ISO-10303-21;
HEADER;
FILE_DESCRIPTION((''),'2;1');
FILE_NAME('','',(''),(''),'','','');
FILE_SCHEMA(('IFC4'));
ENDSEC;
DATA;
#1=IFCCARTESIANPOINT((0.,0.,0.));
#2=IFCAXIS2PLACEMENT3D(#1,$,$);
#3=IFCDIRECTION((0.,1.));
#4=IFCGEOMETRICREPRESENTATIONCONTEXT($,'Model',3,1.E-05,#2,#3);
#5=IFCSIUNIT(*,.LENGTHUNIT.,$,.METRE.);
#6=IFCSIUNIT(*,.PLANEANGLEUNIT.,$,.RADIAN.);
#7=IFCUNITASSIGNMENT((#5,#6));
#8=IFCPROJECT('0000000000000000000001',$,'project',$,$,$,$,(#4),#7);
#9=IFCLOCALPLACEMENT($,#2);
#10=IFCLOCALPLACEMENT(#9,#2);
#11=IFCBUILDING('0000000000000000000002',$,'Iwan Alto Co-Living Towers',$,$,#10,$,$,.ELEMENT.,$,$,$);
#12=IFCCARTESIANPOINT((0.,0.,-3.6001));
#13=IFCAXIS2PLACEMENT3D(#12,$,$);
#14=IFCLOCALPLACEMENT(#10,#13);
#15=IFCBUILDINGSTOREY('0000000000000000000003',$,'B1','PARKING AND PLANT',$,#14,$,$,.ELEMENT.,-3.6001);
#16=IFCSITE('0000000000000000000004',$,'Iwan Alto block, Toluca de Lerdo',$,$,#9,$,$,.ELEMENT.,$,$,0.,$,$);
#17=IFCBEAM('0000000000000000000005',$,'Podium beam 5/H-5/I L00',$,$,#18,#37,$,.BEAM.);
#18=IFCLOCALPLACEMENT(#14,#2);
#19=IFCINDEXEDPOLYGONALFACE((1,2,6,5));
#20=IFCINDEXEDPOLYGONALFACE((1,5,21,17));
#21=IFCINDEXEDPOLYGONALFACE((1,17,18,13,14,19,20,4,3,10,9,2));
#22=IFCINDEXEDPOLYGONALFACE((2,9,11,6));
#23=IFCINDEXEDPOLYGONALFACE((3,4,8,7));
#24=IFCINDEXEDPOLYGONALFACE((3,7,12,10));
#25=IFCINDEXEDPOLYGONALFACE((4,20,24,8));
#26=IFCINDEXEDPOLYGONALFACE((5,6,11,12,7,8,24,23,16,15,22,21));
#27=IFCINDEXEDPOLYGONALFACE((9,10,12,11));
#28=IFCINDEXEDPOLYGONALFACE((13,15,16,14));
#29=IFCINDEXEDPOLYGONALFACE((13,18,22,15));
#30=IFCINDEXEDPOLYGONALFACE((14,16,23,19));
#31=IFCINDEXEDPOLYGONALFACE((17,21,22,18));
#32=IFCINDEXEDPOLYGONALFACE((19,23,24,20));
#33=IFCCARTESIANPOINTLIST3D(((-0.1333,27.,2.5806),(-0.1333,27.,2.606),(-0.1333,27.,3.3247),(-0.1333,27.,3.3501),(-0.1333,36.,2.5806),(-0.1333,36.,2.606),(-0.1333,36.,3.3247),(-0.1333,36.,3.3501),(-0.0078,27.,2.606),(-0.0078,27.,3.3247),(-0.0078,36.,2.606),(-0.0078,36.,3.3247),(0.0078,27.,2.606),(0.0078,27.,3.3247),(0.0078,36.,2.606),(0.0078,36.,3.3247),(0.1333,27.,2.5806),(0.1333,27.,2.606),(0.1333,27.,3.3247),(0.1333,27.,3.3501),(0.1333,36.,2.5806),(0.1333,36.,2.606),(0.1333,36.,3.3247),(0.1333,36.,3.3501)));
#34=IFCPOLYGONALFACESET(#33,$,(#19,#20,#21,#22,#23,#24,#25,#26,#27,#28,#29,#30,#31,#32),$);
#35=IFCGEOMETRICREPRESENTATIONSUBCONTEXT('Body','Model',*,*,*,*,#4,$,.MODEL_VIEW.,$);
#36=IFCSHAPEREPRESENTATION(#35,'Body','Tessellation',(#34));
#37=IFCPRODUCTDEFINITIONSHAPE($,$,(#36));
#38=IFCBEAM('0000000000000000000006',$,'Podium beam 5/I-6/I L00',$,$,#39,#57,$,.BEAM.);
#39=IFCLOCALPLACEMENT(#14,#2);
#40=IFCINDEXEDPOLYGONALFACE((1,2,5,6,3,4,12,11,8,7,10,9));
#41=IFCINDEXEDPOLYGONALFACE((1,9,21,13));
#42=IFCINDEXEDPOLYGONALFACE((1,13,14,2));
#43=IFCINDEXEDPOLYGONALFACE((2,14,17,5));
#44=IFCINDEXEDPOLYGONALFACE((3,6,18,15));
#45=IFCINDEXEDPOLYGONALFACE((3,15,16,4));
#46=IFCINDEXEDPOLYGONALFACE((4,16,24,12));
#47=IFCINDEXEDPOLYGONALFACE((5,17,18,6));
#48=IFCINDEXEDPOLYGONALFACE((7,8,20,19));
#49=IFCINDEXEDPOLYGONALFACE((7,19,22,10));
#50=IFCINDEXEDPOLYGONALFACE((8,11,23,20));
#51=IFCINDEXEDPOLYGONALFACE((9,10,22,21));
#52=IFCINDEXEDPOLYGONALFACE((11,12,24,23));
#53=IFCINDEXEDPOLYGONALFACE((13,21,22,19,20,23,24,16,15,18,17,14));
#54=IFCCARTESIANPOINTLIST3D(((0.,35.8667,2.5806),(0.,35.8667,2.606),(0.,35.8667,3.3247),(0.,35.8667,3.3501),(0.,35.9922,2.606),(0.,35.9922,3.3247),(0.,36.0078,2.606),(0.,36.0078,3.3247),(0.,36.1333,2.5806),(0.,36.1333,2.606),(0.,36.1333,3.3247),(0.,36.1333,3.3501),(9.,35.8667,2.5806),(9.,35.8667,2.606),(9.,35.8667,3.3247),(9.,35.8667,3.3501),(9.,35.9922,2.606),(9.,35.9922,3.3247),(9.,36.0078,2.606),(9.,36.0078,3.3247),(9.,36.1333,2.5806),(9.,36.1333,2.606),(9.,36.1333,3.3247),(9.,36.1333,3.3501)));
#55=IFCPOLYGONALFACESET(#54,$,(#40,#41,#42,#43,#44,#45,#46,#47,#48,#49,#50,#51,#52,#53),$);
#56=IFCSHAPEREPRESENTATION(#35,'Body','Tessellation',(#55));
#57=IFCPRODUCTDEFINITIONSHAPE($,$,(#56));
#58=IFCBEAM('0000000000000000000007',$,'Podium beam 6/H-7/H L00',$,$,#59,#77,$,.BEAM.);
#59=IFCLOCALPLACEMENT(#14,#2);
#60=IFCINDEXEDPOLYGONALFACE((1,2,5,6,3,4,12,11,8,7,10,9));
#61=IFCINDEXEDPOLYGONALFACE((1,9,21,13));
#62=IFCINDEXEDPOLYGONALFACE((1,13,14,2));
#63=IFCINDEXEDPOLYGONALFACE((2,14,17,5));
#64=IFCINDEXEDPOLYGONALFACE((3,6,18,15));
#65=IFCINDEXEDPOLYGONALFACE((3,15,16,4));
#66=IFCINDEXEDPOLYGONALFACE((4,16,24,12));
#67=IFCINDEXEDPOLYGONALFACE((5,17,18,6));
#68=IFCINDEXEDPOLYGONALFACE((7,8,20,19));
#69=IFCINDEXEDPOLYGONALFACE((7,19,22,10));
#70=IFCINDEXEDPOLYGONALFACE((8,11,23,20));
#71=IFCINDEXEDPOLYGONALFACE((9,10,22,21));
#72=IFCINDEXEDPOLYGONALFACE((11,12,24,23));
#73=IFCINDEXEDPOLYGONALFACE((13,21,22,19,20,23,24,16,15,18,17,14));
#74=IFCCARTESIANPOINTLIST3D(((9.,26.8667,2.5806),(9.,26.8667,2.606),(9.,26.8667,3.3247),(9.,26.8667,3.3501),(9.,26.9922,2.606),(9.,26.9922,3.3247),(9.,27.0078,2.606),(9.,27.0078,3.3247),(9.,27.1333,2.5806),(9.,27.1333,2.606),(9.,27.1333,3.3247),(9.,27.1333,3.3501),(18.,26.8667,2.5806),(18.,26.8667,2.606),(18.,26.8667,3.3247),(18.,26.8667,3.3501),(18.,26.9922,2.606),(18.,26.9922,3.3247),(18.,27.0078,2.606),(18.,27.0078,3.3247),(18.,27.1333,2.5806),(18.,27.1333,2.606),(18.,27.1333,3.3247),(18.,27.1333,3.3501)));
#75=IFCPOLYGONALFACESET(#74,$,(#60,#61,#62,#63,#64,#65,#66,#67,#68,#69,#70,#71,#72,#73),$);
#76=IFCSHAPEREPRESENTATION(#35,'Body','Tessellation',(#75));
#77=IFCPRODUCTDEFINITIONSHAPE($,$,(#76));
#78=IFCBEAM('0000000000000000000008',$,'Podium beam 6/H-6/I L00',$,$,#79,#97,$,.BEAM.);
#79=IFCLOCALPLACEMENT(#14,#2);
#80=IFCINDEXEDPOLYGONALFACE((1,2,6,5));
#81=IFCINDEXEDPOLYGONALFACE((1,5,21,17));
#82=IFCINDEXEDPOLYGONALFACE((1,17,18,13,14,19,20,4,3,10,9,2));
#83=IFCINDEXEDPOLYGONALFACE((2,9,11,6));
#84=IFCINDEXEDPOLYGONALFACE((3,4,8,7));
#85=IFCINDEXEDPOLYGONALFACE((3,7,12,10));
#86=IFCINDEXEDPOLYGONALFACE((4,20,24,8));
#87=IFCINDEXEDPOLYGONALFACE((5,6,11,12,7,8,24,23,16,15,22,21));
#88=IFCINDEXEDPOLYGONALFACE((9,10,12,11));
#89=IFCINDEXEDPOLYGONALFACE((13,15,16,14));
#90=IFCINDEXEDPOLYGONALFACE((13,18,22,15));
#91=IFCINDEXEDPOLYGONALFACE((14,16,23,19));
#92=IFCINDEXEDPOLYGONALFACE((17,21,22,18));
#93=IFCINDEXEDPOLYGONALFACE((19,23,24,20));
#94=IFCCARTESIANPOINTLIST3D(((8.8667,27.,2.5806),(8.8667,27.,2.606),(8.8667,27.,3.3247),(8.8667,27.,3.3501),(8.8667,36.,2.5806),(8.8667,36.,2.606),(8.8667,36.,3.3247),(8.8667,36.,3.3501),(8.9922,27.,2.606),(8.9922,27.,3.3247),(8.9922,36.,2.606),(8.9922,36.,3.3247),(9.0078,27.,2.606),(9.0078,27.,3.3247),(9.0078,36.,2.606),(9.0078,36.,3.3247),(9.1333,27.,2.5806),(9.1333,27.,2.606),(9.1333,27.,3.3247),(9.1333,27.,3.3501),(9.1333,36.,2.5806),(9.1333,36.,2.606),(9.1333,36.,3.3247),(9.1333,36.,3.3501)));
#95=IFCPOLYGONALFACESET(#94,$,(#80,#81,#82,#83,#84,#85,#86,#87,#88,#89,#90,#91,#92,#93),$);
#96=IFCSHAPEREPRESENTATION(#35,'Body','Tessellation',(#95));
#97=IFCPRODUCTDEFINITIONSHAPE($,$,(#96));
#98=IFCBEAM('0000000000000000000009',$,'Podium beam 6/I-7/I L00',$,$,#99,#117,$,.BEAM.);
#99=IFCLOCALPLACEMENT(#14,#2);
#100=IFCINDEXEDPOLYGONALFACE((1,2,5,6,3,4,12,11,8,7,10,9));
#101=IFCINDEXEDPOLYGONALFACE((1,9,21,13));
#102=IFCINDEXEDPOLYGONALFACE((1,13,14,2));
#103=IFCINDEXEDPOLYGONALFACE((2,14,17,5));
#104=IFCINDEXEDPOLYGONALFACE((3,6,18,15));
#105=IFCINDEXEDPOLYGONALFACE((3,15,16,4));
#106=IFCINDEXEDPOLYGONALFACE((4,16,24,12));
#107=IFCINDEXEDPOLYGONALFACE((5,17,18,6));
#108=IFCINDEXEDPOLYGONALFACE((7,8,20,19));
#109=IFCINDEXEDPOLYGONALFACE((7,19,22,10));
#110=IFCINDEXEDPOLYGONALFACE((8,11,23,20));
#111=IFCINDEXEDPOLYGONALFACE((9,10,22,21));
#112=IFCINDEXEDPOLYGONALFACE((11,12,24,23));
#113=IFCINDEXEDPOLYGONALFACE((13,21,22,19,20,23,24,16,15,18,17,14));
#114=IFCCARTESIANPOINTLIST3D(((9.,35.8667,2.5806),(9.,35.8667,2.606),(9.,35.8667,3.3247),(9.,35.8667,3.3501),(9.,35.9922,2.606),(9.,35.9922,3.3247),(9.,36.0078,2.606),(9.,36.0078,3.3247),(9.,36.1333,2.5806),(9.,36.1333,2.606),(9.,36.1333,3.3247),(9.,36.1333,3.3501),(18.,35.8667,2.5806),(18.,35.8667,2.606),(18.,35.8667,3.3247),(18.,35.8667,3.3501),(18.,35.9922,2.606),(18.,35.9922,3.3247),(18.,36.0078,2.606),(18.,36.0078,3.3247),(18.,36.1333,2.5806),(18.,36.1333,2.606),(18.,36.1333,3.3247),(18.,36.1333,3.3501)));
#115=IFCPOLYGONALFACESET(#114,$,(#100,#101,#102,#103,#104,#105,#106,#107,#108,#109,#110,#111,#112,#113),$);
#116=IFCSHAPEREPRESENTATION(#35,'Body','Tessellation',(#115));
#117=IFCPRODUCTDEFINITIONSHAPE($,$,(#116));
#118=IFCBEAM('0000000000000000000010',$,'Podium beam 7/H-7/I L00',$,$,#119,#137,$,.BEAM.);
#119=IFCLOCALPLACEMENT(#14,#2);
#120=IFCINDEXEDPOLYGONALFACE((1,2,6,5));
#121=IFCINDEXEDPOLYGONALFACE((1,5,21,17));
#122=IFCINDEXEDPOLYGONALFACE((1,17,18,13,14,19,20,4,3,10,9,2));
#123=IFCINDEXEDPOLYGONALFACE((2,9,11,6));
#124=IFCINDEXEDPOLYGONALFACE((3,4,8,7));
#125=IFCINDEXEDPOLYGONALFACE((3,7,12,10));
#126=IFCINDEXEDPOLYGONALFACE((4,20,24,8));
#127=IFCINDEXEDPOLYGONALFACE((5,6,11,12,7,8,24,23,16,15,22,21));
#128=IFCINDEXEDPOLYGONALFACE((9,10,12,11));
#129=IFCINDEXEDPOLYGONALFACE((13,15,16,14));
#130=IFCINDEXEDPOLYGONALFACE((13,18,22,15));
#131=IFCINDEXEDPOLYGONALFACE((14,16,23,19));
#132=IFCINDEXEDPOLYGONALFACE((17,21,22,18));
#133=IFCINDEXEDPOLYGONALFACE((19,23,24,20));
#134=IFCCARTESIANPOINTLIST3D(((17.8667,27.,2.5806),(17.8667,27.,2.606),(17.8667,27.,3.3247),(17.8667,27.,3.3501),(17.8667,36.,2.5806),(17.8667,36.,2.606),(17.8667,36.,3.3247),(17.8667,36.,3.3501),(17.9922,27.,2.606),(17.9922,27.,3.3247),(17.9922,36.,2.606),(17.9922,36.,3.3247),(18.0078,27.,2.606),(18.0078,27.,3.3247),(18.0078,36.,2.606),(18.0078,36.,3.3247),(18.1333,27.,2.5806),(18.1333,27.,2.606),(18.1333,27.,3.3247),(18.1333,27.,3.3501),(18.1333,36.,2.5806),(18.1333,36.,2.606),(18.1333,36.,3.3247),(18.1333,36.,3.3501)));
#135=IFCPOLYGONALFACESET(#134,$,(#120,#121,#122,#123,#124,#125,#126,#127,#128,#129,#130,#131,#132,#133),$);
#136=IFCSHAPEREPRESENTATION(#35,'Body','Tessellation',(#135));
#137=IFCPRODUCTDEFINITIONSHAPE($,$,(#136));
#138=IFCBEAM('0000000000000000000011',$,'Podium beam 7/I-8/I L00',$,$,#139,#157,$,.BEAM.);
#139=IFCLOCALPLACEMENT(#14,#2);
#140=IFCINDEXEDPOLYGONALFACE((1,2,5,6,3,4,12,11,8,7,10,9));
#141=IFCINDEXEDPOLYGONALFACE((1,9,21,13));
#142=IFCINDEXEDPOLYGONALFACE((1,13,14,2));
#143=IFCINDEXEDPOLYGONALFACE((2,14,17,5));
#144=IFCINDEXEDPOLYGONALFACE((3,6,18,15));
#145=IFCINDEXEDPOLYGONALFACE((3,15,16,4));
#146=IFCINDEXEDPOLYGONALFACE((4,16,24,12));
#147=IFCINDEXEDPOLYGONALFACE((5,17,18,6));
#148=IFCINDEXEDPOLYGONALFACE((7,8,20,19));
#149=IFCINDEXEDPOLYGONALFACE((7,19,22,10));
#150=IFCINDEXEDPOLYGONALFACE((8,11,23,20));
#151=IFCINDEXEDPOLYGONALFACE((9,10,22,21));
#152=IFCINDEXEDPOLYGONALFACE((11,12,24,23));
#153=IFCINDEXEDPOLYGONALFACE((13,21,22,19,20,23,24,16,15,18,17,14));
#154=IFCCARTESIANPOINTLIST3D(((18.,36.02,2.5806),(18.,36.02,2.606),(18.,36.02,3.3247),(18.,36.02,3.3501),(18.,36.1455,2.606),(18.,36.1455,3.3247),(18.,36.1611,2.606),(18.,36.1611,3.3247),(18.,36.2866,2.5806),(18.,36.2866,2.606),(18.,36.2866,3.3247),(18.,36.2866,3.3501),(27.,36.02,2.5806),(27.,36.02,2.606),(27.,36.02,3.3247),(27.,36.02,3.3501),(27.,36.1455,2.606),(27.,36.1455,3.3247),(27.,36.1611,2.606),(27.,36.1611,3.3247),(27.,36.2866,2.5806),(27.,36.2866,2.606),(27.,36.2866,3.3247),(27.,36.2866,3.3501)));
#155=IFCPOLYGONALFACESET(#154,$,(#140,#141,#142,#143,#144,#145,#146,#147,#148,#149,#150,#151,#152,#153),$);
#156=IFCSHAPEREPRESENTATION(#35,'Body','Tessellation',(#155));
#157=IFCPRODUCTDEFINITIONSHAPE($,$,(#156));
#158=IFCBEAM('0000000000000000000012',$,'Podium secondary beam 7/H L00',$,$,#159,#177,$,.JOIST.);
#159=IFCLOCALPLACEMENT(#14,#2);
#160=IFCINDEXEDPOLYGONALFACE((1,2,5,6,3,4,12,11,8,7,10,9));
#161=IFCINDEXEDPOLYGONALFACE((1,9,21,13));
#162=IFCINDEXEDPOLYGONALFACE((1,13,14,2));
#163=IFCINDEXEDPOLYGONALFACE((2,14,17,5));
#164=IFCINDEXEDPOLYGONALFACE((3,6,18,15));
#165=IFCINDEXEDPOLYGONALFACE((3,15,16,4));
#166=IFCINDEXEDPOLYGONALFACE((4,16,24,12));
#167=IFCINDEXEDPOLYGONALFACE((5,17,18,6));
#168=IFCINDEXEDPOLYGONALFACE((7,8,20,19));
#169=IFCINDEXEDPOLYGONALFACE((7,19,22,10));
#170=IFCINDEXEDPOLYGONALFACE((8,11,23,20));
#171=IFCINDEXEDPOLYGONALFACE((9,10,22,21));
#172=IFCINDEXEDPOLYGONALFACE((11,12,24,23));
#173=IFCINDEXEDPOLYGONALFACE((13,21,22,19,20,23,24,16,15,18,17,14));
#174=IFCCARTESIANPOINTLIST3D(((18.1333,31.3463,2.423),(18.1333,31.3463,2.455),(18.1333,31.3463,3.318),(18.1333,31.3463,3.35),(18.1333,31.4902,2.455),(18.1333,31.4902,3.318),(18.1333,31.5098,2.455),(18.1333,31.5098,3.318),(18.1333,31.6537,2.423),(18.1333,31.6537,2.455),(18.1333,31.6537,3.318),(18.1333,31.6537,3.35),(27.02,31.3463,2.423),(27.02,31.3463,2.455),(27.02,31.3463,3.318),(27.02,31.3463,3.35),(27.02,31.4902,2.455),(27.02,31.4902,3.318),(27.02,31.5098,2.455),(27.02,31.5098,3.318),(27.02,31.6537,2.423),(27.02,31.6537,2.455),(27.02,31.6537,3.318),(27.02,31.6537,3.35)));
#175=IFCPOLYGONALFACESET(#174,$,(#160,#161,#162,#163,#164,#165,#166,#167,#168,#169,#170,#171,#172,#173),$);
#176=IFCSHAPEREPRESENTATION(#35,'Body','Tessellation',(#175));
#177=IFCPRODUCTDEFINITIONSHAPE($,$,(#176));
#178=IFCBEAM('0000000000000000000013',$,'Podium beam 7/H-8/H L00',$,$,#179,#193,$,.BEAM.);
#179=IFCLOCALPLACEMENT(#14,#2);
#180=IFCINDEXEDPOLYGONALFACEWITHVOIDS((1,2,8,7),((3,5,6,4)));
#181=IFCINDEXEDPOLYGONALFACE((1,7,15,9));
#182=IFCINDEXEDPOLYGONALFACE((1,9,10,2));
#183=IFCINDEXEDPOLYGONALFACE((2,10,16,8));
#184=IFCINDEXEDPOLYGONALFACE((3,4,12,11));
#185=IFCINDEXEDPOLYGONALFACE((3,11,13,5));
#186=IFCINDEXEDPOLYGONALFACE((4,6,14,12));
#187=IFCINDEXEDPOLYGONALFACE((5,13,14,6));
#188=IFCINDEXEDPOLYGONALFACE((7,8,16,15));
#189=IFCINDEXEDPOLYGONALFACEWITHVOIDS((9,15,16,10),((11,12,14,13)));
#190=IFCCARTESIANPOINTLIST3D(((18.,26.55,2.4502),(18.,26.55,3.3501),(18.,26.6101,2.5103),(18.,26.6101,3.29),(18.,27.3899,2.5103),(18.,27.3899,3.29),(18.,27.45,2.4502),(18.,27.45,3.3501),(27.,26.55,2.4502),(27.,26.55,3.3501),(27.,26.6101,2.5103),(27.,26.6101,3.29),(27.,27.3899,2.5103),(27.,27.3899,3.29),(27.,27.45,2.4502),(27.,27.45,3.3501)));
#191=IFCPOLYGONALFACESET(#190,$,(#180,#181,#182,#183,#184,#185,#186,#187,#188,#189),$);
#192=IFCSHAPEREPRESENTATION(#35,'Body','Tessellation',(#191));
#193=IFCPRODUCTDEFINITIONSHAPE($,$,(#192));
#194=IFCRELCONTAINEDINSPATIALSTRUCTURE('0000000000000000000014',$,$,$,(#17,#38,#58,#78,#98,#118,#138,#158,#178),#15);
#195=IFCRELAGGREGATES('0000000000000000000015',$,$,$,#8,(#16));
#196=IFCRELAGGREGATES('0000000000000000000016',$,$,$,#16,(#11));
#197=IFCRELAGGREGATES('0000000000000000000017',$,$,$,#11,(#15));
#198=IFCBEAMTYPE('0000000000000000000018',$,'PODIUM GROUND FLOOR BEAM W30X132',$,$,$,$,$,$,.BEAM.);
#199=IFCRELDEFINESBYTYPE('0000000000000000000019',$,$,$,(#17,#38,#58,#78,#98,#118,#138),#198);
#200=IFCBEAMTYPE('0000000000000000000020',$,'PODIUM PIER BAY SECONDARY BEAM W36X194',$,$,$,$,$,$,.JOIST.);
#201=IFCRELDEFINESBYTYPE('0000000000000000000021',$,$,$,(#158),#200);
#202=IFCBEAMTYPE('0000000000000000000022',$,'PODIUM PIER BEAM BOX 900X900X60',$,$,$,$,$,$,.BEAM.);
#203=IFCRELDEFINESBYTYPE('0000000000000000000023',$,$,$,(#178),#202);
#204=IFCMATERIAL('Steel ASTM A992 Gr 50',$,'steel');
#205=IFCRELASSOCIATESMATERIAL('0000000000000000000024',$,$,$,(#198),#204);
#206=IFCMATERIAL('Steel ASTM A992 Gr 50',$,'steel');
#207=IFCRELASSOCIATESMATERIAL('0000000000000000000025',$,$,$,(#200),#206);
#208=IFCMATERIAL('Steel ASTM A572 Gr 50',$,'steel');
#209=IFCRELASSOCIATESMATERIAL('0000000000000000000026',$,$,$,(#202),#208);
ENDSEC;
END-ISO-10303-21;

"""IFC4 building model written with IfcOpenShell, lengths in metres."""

from ifc_helpers import new_model, si_unit, direction, frame, origin, origin_2d, place, context, subcontext, project, spatial, hollow_rectangle, i_section, extrude, material, material_profile, profile_set, type_object, element, save


model = new_model("IFC4")

# Units and contexts
model_context = context("Model", 3, precision=1e-05, world=origin(), true_north=direction((0.0, 1.0)))
body_context = subcontext(model_context, "Body", "Model", "MODEL_VIEW")
ifc_project = project(units=[si_unit("LENGTHUNIT", "METRE"), si_unit("PLANEANGLEUNIT", "RADIAN")], contexts=[model_context])

# Site, building, storey
site_placement = place(None, origin())
site = spatial("IfcSite", under=ifc_project, at=site_placement, Name="Iwan Alto block, Toluca de Lerdo", CompositionType="ELEMENT", RefElevation=0.0)
building_placement = place(site_placement, origin())
building = spatial("IfcBuilding", under=site, at=building_placement, Name="Iwan Alto Co-Living Towers", CompositionType="ELEMENT")
storey_placement = place(building_placement, frame((0.0, 0.0, -3.6001)))
storey = spatial("IfcBuildingStorey", under=building, at=storey_placement, Name="B1", Description="PARKING AND PLANT", CompositionType="ELEMENT", Elevation=-3.6001)

# Beams
ifc_material_1 = material(Name="Steel ASTM A992 Gr 50", Category="steel")
ifc_material_profile_1 = material_profile(ifc_material_1, i_section(OverallWidth=0.2666, OverallDepth=0.7695, WebThickness=0.0156, FlangeThickness=0.0254, at=origin_2d()), Name="W30X132")
ifc_profile_set_1 = profile_set([ifc_material_profile_1], Name="Steel ASTM A992 Gr 50")
beam_type_1 = type_object("IfcBeamType", Name="PODIUM GROUND FLOOR BEAM W30X132", PredefinedType="BEAM", material=ifc_profile_set_1)
for number, where, z_axis, x_axis, name in (
    (1, (0.0, 27.0, 2.9653), (0.0, 1.0, 0.0), (-1.0, 0.0, 0.0), "Podium beam 5/H-5/I L00"),
    (2, (0.0, 36.0, 2.9653), (1.0, 0.0, 0.0), (0.0, 1.0, 0.0), "Podium beam 5/I-6/I L00"),
    (3, (9.0, 27.0, 2.9653), (1.0, 0.0, 0.0), (0.0, 1.0, 0.0), "Podium beam 6/H-7/H L00"),
    (4, (9.0, 27.0, 2.9653), (0.0, 1.0, 0.0), (-1.0, 0.0, 0.0), "Podium beam 6/H-6/I L00"),
    (5, (9.0, 36.0, 2.9653), (1.0, 0.0, 0.0), (0.0, 1.0, 0.0), "Podium beam 6/I-7/I L00"),
    (6, (18.0, 27.0, 2.9653), (0.0, 1.0, 0.0), (-1.0, 0.0, 0.0), "Podium beam 7/H-7/I L00"),
    (7, (18.0, 36.1533, 2.9653), (1.0, 0.0, 0.0), (0.0, 1.0, 0.0), "Podium beam 7/I-8/I L00"),
):
    element("IfcBeam", number, at=place(storey_placement, frame(where, z_axis=z_axis, x_axis=x_axis)), inside=storey, type_object=beam_type_1, Name=name, PredefinedType="BEAM", context=body_context, shape_type="SweptSolid", body=[
        extrude(i_section(OverallWidth=0.2666, OverallDepth=0.7695, WebThickness=0.0156, FlangeThickness=0.0254, at=origin_2d()), origin(), (0.0, 0.0, 1.0), 9.0),
    ])
ifc_material_2 = material(Name="Steel ASTM A992 Gr 50", Category="steel")
ifc_material_profile_2 = material_profile(ifc_material_2, i_section(OverallWidth=0.3074, OverallDepth=0.927, WebThickness=0.0195, FlangeThickness=0.032, at=origin_2d()), Name="W36X194")
ifc_profile_set_2 = profile_set([ifc_material_profile_2], Name="Steel ASTM A992 Gr 50")
beam_type_2 = type_object("IfcBeamType", Name="PODIUM PIER BAY SECONDARY BEAM W36X194", PredefinedType="JOIST", material=ifc_profile_set_2)
beam_1_placement = place(storey_placement, frame((18.1333, 31.5, 2.8865), z_axis=(1.0, 0.0, 0.0), x_axis=(0.0, 1.0, 0.0)))
element("IfcBeam", 8, at=beam_1_placement, inside=storey, type_object=beam_type_2, Name="Podium secondary beam 7/H L00", PredefinedType="JOIST", context=body_context, shape_type="SweptSolid", body=[
    extrude(i_section(OverallWidth=0.3074, OverallDepth=0.927, WebThickness=0.0195, FlangeThickness=0.032, at=origin_2d()), origin(), (0.0, 0.0, 1.0), 8.8867),
])
ifc_material_3 = material(Name="Steel ASTM A572 Gr 50", Category="steel")
ifc_material_profile_3 = material_profile(ifc_material_3, hollow_rectangle(XDim=0.8999, YDim=0.8999, WallThickness=0.0601, at=origin_2d()), Name="BOX 900X900X60")
ifc_profile_set_3 = profile_set([ifc_material_profile_3], Name="Steel ASTM A572 Gr 50")
beam_type_3 = type_object("IfcBeamType", Name="PODIUM PIER BEAM BOX 900X900X60", PredefinedType="BEAM", material=ifc_profile_set_3)
beam_2_placement = place(storey_placement, frame((18.0, 27.0, 2.9001), z_axis=(1.0, 0.0, 0.0), x_axis=(0.0, 1.0, 0.0)))
element("IfcBeam", 9, at=beam_2_placement, inside=storey, type_object=beam_type_3, Name="Podium beam 7/H-8/H L00", PredefinedType="BEAM", context=body_context, shape_type="SweptSolid", body=[
    extrude(hollow_rectangle(XDim=0.8999, YDim=0.8999, WallThickness=0.0601, at=origin_2d()), origin(), (0.0, 0.0, 1.0), 9.0),
])

save(model, "model.ifc")
